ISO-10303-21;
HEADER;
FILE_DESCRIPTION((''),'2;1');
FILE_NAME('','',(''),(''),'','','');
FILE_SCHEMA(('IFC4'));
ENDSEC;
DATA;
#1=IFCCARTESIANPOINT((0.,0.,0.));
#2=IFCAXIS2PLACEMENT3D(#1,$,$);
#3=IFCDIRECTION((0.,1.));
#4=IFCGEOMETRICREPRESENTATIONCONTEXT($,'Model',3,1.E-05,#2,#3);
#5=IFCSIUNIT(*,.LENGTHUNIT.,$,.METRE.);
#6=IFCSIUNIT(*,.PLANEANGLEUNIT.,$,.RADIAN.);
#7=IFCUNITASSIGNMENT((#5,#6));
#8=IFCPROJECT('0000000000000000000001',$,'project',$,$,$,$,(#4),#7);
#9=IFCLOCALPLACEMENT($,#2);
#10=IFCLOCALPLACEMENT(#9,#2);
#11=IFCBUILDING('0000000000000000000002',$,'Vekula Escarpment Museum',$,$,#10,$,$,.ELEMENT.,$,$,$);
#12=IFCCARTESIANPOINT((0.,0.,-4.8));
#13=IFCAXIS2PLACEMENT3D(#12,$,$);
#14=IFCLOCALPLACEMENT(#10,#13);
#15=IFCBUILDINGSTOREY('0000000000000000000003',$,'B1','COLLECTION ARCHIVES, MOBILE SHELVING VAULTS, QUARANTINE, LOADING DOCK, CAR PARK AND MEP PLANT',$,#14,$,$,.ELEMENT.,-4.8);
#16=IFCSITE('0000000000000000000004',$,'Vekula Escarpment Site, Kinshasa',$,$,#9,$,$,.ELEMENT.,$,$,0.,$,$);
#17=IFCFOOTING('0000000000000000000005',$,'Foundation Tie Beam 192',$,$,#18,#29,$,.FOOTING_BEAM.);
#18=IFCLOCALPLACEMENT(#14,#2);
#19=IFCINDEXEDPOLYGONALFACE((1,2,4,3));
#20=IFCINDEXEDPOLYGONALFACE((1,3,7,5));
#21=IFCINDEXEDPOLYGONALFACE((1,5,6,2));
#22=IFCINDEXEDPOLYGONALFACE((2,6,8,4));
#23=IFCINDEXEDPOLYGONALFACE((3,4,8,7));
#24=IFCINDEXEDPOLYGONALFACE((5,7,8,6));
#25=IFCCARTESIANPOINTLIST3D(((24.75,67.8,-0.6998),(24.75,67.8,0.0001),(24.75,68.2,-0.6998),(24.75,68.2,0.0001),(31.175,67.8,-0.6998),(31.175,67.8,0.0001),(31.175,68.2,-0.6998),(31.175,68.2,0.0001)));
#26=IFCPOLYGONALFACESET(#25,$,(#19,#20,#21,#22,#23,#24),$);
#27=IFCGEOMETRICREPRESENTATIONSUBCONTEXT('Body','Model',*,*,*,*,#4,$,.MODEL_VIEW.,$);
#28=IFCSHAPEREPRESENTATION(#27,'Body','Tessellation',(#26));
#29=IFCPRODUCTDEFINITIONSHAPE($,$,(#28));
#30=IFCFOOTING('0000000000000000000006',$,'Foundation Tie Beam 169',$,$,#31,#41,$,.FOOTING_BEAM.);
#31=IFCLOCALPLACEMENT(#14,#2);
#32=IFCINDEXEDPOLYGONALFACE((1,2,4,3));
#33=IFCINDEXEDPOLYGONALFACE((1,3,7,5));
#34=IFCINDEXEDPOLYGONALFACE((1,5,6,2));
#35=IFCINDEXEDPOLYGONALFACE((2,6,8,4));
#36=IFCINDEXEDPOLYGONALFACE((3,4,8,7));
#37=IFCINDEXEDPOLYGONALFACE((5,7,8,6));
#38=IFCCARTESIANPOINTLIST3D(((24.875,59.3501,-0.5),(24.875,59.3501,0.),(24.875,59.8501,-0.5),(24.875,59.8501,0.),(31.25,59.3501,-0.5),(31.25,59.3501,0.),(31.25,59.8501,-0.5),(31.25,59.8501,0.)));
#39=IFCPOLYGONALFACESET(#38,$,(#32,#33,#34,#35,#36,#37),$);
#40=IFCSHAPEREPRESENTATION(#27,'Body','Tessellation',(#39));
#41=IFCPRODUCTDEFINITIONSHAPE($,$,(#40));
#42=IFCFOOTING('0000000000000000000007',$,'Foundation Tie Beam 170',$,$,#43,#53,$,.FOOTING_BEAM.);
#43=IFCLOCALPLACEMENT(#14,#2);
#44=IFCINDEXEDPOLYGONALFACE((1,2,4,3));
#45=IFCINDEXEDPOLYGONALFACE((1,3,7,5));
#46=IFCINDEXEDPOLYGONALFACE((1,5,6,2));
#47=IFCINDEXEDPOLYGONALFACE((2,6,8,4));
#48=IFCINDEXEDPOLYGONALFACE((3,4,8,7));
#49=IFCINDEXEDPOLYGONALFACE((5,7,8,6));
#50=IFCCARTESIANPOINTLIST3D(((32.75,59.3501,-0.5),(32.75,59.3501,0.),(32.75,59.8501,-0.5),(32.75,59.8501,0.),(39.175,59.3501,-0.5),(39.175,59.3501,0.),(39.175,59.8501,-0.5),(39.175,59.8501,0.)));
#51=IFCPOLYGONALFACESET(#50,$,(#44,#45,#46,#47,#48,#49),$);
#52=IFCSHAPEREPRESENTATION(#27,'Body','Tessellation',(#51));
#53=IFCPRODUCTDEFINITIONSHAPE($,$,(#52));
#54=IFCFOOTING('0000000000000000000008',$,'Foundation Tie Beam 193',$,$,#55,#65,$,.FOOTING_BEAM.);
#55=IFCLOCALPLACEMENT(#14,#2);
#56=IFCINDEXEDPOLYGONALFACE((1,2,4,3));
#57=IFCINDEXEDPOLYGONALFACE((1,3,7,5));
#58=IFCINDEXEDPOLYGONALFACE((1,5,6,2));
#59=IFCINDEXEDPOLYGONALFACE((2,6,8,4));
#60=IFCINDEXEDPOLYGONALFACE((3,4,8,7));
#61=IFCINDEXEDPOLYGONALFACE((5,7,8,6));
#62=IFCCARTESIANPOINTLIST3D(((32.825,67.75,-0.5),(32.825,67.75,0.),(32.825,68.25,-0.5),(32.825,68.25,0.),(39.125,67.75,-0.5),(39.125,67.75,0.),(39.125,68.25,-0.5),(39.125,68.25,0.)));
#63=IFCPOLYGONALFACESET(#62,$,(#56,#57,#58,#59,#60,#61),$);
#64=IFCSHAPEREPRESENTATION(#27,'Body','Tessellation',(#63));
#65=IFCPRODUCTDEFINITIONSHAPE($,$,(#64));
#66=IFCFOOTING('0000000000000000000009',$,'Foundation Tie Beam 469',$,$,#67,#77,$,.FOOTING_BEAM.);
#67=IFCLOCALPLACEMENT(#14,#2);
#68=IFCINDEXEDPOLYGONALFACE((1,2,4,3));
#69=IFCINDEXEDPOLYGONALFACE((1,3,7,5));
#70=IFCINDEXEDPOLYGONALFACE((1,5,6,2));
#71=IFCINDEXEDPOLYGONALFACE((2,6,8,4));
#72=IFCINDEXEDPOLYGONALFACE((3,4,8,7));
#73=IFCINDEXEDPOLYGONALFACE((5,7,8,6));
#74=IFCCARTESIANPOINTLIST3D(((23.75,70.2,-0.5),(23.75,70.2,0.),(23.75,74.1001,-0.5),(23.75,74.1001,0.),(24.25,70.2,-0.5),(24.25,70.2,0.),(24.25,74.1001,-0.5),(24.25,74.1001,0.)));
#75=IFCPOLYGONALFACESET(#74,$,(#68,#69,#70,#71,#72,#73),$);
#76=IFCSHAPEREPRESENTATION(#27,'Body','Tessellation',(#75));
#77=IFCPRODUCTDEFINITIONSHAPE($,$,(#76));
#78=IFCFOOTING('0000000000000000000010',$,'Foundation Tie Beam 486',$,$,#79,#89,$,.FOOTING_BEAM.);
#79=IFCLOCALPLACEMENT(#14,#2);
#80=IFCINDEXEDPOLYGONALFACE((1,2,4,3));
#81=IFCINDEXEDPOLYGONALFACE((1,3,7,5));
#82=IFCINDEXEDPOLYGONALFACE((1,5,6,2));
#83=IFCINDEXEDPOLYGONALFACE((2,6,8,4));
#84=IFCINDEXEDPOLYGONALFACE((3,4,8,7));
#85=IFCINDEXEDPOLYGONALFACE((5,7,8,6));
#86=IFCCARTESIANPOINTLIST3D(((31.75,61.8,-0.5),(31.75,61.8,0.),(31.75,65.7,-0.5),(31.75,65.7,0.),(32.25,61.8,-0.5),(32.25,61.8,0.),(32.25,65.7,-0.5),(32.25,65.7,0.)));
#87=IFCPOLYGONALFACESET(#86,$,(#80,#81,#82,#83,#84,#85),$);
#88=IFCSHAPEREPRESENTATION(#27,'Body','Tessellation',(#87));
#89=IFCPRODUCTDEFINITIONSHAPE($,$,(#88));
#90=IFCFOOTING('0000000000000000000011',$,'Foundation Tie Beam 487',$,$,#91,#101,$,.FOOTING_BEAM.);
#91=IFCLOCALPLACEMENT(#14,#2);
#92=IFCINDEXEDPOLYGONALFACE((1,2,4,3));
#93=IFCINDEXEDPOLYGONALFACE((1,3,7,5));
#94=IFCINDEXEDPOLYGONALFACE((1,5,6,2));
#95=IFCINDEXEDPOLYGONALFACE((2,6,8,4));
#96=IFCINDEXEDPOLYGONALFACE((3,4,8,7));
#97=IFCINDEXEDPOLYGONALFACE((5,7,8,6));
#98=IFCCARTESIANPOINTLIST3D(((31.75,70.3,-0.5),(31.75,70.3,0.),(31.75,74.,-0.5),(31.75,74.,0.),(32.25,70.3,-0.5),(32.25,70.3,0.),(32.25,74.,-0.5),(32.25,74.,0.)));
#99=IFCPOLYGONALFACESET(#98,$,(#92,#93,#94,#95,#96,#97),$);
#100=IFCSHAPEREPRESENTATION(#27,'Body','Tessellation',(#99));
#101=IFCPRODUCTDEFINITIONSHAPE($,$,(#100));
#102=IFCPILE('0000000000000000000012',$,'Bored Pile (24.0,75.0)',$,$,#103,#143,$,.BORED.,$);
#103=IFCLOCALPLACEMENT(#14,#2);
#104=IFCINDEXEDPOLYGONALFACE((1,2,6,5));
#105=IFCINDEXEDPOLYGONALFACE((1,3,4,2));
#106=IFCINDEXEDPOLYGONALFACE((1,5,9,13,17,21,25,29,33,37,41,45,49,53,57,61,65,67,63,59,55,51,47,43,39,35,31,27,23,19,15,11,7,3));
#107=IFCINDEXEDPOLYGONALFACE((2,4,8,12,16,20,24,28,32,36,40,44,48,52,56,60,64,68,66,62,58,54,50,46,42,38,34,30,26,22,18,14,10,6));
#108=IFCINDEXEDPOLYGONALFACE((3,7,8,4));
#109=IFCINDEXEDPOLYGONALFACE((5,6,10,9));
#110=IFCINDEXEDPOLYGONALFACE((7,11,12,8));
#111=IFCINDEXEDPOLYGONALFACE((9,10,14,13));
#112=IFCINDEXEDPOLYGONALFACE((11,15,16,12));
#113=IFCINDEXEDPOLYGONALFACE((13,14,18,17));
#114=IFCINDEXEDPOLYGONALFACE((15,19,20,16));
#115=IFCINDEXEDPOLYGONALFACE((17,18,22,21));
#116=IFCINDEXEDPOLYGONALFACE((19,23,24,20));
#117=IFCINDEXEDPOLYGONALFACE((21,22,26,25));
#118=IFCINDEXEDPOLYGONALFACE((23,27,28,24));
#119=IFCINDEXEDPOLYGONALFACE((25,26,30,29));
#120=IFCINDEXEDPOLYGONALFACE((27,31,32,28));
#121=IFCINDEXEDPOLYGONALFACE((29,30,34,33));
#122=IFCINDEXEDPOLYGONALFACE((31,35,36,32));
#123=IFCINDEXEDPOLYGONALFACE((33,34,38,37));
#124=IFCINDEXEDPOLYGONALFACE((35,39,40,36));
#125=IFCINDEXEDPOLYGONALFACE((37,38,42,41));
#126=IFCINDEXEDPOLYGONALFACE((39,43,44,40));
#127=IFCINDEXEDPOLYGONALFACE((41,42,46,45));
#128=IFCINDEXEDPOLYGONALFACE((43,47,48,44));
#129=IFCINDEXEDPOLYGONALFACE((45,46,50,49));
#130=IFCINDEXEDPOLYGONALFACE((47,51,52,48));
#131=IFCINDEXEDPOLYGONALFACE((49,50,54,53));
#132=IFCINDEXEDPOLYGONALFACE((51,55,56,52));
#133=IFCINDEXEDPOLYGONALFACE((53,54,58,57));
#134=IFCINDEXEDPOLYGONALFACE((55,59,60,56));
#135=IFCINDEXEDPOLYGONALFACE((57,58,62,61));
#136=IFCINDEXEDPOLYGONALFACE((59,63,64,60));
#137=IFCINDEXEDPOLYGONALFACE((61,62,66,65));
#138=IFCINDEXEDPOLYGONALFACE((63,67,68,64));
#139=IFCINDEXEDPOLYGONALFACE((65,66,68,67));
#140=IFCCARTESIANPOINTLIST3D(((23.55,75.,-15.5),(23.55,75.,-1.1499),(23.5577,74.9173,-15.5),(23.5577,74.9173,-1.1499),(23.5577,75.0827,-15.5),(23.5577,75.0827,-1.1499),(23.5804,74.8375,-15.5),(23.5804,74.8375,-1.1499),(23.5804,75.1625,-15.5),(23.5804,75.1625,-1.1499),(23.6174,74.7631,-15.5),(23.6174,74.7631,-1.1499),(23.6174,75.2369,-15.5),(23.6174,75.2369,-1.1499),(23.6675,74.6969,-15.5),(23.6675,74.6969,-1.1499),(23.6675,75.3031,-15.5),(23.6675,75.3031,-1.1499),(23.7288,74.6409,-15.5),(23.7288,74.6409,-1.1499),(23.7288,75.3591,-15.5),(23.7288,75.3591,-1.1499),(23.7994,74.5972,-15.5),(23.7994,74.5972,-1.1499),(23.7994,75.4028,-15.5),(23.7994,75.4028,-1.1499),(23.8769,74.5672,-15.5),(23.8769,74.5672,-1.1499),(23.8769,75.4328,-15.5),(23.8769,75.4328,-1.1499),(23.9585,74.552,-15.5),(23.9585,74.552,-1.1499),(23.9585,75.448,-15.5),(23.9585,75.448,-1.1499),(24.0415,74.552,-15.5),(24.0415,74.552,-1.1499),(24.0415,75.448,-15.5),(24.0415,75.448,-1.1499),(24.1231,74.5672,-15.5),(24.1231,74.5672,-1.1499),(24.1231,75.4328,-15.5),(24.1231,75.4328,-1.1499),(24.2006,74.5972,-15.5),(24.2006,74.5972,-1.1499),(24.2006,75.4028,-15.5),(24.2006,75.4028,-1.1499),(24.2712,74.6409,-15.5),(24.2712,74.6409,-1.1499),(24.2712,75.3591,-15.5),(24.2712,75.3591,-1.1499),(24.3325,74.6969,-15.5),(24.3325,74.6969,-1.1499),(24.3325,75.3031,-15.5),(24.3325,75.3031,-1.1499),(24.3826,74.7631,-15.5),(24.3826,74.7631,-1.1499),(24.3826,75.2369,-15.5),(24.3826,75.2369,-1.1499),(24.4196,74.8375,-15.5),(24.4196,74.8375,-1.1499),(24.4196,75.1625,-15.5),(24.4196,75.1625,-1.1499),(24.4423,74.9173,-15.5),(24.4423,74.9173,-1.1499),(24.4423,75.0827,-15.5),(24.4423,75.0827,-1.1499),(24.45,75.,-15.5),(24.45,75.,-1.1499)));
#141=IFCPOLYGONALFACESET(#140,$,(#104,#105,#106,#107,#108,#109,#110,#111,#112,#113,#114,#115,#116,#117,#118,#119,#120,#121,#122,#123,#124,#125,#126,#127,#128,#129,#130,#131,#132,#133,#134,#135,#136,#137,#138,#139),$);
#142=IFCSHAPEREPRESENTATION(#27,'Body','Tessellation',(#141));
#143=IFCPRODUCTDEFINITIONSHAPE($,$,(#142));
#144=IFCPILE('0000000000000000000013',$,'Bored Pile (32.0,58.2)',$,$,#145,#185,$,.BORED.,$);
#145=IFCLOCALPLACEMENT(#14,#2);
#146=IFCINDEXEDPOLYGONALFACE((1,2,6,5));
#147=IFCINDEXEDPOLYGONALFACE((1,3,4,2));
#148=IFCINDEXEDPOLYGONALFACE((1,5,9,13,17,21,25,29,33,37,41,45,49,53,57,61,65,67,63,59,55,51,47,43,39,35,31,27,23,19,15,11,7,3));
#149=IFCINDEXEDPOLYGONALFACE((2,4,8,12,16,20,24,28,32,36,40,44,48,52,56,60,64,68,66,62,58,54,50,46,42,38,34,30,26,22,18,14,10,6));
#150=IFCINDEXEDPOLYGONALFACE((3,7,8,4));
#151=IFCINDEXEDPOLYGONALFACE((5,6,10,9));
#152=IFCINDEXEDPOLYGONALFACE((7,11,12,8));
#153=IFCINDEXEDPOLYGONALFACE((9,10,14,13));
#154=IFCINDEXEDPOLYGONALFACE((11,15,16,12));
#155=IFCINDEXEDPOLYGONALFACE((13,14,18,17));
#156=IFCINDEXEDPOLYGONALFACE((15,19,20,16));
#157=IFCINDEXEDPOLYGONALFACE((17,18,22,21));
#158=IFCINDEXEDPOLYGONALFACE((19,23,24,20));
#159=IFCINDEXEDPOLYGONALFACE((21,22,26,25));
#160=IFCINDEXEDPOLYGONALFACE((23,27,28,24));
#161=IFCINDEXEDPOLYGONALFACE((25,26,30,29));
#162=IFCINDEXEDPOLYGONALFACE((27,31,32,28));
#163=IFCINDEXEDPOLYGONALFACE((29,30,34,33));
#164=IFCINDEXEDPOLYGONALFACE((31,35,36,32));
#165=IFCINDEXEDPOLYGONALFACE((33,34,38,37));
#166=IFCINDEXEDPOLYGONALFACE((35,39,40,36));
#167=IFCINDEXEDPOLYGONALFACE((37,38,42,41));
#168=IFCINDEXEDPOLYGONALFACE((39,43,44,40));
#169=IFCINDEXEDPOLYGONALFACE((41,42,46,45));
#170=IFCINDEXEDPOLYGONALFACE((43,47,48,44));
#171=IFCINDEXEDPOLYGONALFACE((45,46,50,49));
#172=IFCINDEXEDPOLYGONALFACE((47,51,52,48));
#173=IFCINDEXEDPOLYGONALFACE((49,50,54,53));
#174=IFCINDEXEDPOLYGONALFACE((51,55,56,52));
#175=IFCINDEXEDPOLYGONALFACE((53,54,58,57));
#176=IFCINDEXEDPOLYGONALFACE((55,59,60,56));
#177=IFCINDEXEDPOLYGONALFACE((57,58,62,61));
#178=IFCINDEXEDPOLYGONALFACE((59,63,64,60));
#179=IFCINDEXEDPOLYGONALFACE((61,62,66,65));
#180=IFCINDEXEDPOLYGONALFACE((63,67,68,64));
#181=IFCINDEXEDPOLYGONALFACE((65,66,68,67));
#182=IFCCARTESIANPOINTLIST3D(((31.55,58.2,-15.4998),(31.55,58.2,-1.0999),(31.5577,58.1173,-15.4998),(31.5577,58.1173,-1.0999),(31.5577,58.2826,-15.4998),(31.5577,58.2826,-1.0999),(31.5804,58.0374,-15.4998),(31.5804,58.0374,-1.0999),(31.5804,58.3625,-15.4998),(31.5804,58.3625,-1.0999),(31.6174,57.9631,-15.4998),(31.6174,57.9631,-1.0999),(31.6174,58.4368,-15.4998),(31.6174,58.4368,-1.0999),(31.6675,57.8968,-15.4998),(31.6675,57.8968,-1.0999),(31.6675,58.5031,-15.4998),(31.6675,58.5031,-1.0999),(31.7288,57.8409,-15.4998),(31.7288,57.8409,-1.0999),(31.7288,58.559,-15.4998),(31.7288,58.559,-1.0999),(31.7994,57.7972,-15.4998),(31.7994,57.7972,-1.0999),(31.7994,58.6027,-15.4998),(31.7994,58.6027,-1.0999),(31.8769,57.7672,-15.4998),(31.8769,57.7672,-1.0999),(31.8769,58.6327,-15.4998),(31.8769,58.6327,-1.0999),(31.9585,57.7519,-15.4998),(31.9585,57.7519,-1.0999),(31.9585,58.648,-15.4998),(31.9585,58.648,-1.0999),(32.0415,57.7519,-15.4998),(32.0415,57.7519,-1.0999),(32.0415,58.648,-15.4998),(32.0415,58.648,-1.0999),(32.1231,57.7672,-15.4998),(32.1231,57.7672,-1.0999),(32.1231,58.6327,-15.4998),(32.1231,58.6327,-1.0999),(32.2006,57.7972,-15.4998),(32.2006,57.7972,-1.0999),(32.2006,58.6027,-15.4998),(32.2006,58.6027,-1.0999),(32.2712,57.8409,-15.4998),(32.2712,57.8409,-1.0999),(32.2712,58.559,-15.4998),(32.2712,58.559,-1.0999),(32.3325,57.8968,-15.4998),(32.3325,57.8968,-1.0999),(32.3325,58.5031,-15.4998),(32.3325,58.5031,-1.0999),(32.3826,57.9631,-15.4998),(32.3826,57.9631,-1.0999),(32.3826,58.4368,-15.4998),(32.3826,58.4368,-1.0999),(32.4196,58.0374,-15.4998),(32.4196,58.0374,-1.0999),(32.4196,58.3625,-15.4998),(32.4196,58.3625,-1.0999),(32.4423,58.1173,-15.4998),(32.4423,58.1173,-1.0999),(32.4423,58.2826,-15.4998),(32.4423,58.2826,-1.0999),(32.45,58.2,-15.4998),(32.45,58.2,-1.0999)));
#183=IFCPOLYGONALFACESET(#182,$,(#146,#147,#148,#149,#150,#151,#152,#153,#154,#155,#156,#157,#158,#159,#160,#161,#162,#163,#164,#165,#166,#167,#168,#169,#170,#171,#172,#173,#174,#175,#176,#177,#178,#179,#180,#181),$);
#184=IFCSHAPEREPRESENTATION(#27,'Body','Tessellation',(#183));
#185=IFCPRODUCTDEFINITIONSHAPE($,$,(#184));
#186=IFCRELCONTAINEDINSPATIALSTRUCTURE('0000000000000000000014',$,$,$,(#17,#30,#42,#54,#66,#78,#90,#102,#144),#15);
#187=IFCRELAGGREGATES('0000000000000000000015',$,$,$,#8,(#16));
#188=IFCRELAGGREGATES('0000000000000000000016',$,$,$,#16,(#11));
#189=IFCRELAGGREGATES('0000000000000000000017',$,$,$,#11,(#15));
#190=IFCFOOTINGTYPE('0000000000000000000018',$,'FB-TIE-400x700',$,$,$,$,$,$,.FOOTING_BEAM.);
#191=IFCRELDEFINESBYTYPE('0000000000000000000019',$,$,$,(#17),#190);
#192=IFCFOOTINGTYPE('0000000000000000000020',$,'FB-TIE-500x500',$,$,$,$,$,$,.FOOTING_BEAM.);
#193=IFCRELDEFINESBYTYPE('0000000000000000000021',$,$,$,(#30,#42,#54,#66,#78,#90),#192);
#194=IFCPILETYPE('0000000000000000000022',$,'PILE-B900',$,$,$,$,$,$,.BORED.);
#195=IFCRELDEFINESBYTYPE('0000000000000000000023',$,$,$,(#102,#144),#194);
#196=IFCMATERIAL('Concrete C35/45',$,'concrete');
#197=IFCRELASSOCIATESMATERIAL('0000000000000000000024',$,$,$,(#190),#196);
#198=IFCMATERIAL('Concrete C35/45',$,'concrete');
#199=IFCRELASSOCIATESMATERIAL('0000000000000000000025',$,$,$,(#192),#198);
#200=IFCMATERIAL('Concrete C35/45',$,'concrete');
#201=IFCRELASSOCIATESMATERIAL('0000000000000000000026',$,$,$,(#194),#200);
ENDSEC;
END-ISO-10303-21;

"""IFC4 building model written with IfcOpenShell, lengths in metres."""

from ifc_helpers import new_model, si_unit, direction, frame, origin, origin_2d, place, context, subcontext, project, spatial, rectangle, circle, extrude, material, material_profile, profile_set, type_object, element, save


model = new_model("IFC4")

# Units and contexts
model_context = context("Model", 3, precision=1e-05, world=origin(), true_north=direction((0.0, 1.0)))
body_context = subcontext(model_context, "Body", "Model", "MODEL_VIEW")
ifc_project = project(units=[si_unit("LENGTHUNIT", "METRE"), si_unit("PLANEANGLEUNIT", "RADIAN")], contexts=[model_context])

# Site, building, storey
site_placement = place(None, origin())
site = spatial("IfcSite", under=ifc_project, at=site_placement, Name="Vekula Escarpment Site, Kinshasa", CompositionType="ELEMENT", RefElevation=0.0)
building_placement = place(site_placement, origin())
building = spatial("IfcBuilding", under=site, at=building_placement, Name="Vekula Escarpment Museum", CompositionType="ELEMENT")
storey_placement = place(building_placement, frame((0.0, 0.0, -4.8)))
storey = spatial("IfcBuildingStorey", under=building, at=storey_placement, Name="B1", Description="COLLECTION ARCHIVES, MOBILE SHELVING VAULTS, QUARANTINE, LOADING DOCK, CAR PARK AND MEP PLANT", CompositionType="ELEMENT", Elevation=-4.8)

# Footings
ifc_material_1 = material(Name="Concrete C35/45", Category="concrete")
ifc_material_profile_1 = material_profile(ifc_material_1, rectangle(XDim=0.3999, YDim=0.7, at=origin_2d()), Name="RC 400x700")
ifc_profile_set_1 = profile_set([ifc_material_profile_1], Name="Concrete C35/45")
footing_type_1 = type_object("IfcFootingType", Name="FB-TIE-400x700", PredefinedType="FOOTING_BEAM", material=ifc_profile_set_1)
footing_1_placement = place(storey_placement, frame((24.75, 68.0, -0.3499), z_axis=(1.0, 0.0, 0.0), x_axis=(0.0, 1.0, 0.0)))
element("IfcFooting", 1, at=footing_1_placement, inside=storey, type_object=footing_type_1, Name="Foundation Tie Beam 192", PredefinedType="FOOTING_BEAM", context=body_context, shape_type="SweptSolid", body=[
    extrude(rectangle(XDim=0.3999, YDim=0.7, at=origin_2d()), origin(), (0.0, 0.0, 1.0), 6.425),
])
ifc_material_2 = material(Name="Concrete C35/45", Category="concrete")
ifc_material_profile_2 = material_profile(ifc_material_2, rectangle(XDim=0.5, YDim=0.5, at=origin_2d()), Name="RC 500x500")
ifc_profile_set_2 = profile_set([ifc_material_profile_2], Name="Concrete C35/45")
footing_type_2 = type_object("IfcFootingType", Name="FB-TIE-500x500", PredefinedType="FOOTING_BEAM", material=ifc_profile_set_2)
footing_2_placement = place(storey_placement, frame((24.875, 59.6001, -0.25), z_axis=(1.0, 0.0, 0.0), x_axis=(0.0, 1.0, 0.0)))
element("IfcFooting", 2, at=footing_2_placement, inside=storey, type_object=footing_type_2, Name="Foundation Tie Beam 169", PredefinedType="FOOTING_BEAM", context=body_context, shape_type="SweptSolid", body=[
    extrude(rectangle(XDim=0.5, YDim=0.5, at=origin_2d()), origin(), (0.0, 0.0, 1.0), 6.375),
])
footing_3_placement = place(storey_placement, frame((32.75, 59.6001, -0.25), z_axis=(1.0, 0.0, 0.0), x_axis=(0.0, 1.0, 0.0)))
element("IfcFooting", 3, at=footing_3_placement, inside=storey, type_object=footing_type_2, Name="Foundation Tie Beam 170", PredefinedType="FOOTING_BEAM", context=body_context, shape_type="SweptSolid", body=[
    extrude(rectangle(XDim=0.5, YDim=0.5, at=origin_2d()), origin(), (0.0, 0.0, 1.0), 6.425),
])
footing_4_placement = place(storey_placement, frame((32.825, 68.0, -0.25), z_axis=(1.0, 0.0, 0.0), x_axis=(0.0, 1.0, 0.0)))
element("IfcFooting", 4, at=footing_4_placement, inside=storey, type_object=footing_type_2, Name="Foundation Tie Beam 193", PredefinedType="FOOTING_BEAM", context=body_context, shape_type="SweptSolid", body=[
    extrude(rectangle(XDim=0.5, YDim=0.5, at=origin_2d()), origin(), (0.0, 0.0, 1.0), 6.3),
])
footing_5_placement = place(storey_placement, frame((24.0, 70.2, -0.25), z_axis=(0.0, 1.0, 0.0), x_axis=(-1.0, 0.0, 0.0)))
element("IfcFooting", 5, at=footing_5_placement, inside=storey, type_object=footing_type_2, Name="Foundation Tie Beam 469", PredefinedType="FOOTING_BEAM", context=body_context, shape_type="SweptSolid", body=[
    extrude(rectangle(XDim=0.5, YDim=0.5, at=origin_2d()), origin(), (0.0, 0.0, 1.0), 3.9001),
])
footing_6_placement = place(storey_placement, frame((32.0, 61.8, -0.25), z_axis=(0.0, 1.0, 0.0), x_axis=(-1.0, 0.0, 0.0)))
element("IfcFooting", 6, at=footing_6_placement, inside=storey, type_object=footing_type_2, Name="Foundation Tie Beam 486", PredefinedType="FOOTING_BEAM", context=body_context, shape_type="SweptSolid", body=[
    extrude(rectangle(XDim=0.5, YDim=0.5, at=origin_2d()), origin(), (0.0, 0.0, 1.0), 3.8999),
])
footing_7_placement = place(storey_placement, frame((32.0, 70.3, -0.25), z_axis=(0.0, 1.0, 0.0), x_axis=(-1.0, 0.0, 0.0)))
element("IfcFooting", 7, at=footing_7_placement, inside=storey, type_object=footing_type_2, Name="Foundation Tie Beam 487", PredefinedType="FOOTING_BEAM", context=body_context, shape_type="SweptSolid", body=[
    extrude(rectangle(XDim=0.5, YDim=0.5, at=origin_2d()), origin(), (0.0, 0.0, 1.0), 3.7),
])

# Piles
ifc_material_3 = material(Name="Concrete C35/45", Category="concrete")
ifc_material_profile_3 = material_profile(ifc_material_3, circle(Radius=0.45, at=origin_2d()), Name="BORED PILE 900")
ifc_profile_set_3 = profile_set([ifc_material_profile_3], Name="Concrete C35/45")
pile_type = type_object("IfcPileType", Name="PILE-B900", PredefinedType="BORED", material=ifc_profile_set_3)
pile_1_placement = place(storey_placement, frame((24.0, 75.0, -1.1499), z_axis=(0.0, 0.0, -1.0), x_axis=(1.0, 0.0, 0.0)))
element("IfcPile", 8, at=pile_1_placement, inside=storey, type_object=pile_type, Name="Bored Pile (24.0,75.0)", PredefinedType="BORED", context=body_context, shape_type="SweptSolid", body=[
    extrude(circle(Radius=0.45, at=origin_2d()), origin(), (0.0, 0.0, 1.0), 14.3501),
])
for number, where, z_axis, x_axis, name in (
    (9, (32.0, 58.2, -1.0999), (0.0, 0.0, -1.0), (1.0, 0.0, 0.0), "Bored Pile (32.0,58.2)"),
):
    element("IfcPile", number, at=place(storey_placement, frame(where, z_axis=z_axis, x_axis=x_axis)), inside=storey, type_object=pile_type, Name=name, PredefinedType="BORED", context=body_context, shape_type="SweptSolid", body=[
        extrude(circle(Radius=0.45, at=origin_2d()), origin(), (0.0, 0.0, 1.0), 14.3999),
    ])

save(model, "model.ifc")
